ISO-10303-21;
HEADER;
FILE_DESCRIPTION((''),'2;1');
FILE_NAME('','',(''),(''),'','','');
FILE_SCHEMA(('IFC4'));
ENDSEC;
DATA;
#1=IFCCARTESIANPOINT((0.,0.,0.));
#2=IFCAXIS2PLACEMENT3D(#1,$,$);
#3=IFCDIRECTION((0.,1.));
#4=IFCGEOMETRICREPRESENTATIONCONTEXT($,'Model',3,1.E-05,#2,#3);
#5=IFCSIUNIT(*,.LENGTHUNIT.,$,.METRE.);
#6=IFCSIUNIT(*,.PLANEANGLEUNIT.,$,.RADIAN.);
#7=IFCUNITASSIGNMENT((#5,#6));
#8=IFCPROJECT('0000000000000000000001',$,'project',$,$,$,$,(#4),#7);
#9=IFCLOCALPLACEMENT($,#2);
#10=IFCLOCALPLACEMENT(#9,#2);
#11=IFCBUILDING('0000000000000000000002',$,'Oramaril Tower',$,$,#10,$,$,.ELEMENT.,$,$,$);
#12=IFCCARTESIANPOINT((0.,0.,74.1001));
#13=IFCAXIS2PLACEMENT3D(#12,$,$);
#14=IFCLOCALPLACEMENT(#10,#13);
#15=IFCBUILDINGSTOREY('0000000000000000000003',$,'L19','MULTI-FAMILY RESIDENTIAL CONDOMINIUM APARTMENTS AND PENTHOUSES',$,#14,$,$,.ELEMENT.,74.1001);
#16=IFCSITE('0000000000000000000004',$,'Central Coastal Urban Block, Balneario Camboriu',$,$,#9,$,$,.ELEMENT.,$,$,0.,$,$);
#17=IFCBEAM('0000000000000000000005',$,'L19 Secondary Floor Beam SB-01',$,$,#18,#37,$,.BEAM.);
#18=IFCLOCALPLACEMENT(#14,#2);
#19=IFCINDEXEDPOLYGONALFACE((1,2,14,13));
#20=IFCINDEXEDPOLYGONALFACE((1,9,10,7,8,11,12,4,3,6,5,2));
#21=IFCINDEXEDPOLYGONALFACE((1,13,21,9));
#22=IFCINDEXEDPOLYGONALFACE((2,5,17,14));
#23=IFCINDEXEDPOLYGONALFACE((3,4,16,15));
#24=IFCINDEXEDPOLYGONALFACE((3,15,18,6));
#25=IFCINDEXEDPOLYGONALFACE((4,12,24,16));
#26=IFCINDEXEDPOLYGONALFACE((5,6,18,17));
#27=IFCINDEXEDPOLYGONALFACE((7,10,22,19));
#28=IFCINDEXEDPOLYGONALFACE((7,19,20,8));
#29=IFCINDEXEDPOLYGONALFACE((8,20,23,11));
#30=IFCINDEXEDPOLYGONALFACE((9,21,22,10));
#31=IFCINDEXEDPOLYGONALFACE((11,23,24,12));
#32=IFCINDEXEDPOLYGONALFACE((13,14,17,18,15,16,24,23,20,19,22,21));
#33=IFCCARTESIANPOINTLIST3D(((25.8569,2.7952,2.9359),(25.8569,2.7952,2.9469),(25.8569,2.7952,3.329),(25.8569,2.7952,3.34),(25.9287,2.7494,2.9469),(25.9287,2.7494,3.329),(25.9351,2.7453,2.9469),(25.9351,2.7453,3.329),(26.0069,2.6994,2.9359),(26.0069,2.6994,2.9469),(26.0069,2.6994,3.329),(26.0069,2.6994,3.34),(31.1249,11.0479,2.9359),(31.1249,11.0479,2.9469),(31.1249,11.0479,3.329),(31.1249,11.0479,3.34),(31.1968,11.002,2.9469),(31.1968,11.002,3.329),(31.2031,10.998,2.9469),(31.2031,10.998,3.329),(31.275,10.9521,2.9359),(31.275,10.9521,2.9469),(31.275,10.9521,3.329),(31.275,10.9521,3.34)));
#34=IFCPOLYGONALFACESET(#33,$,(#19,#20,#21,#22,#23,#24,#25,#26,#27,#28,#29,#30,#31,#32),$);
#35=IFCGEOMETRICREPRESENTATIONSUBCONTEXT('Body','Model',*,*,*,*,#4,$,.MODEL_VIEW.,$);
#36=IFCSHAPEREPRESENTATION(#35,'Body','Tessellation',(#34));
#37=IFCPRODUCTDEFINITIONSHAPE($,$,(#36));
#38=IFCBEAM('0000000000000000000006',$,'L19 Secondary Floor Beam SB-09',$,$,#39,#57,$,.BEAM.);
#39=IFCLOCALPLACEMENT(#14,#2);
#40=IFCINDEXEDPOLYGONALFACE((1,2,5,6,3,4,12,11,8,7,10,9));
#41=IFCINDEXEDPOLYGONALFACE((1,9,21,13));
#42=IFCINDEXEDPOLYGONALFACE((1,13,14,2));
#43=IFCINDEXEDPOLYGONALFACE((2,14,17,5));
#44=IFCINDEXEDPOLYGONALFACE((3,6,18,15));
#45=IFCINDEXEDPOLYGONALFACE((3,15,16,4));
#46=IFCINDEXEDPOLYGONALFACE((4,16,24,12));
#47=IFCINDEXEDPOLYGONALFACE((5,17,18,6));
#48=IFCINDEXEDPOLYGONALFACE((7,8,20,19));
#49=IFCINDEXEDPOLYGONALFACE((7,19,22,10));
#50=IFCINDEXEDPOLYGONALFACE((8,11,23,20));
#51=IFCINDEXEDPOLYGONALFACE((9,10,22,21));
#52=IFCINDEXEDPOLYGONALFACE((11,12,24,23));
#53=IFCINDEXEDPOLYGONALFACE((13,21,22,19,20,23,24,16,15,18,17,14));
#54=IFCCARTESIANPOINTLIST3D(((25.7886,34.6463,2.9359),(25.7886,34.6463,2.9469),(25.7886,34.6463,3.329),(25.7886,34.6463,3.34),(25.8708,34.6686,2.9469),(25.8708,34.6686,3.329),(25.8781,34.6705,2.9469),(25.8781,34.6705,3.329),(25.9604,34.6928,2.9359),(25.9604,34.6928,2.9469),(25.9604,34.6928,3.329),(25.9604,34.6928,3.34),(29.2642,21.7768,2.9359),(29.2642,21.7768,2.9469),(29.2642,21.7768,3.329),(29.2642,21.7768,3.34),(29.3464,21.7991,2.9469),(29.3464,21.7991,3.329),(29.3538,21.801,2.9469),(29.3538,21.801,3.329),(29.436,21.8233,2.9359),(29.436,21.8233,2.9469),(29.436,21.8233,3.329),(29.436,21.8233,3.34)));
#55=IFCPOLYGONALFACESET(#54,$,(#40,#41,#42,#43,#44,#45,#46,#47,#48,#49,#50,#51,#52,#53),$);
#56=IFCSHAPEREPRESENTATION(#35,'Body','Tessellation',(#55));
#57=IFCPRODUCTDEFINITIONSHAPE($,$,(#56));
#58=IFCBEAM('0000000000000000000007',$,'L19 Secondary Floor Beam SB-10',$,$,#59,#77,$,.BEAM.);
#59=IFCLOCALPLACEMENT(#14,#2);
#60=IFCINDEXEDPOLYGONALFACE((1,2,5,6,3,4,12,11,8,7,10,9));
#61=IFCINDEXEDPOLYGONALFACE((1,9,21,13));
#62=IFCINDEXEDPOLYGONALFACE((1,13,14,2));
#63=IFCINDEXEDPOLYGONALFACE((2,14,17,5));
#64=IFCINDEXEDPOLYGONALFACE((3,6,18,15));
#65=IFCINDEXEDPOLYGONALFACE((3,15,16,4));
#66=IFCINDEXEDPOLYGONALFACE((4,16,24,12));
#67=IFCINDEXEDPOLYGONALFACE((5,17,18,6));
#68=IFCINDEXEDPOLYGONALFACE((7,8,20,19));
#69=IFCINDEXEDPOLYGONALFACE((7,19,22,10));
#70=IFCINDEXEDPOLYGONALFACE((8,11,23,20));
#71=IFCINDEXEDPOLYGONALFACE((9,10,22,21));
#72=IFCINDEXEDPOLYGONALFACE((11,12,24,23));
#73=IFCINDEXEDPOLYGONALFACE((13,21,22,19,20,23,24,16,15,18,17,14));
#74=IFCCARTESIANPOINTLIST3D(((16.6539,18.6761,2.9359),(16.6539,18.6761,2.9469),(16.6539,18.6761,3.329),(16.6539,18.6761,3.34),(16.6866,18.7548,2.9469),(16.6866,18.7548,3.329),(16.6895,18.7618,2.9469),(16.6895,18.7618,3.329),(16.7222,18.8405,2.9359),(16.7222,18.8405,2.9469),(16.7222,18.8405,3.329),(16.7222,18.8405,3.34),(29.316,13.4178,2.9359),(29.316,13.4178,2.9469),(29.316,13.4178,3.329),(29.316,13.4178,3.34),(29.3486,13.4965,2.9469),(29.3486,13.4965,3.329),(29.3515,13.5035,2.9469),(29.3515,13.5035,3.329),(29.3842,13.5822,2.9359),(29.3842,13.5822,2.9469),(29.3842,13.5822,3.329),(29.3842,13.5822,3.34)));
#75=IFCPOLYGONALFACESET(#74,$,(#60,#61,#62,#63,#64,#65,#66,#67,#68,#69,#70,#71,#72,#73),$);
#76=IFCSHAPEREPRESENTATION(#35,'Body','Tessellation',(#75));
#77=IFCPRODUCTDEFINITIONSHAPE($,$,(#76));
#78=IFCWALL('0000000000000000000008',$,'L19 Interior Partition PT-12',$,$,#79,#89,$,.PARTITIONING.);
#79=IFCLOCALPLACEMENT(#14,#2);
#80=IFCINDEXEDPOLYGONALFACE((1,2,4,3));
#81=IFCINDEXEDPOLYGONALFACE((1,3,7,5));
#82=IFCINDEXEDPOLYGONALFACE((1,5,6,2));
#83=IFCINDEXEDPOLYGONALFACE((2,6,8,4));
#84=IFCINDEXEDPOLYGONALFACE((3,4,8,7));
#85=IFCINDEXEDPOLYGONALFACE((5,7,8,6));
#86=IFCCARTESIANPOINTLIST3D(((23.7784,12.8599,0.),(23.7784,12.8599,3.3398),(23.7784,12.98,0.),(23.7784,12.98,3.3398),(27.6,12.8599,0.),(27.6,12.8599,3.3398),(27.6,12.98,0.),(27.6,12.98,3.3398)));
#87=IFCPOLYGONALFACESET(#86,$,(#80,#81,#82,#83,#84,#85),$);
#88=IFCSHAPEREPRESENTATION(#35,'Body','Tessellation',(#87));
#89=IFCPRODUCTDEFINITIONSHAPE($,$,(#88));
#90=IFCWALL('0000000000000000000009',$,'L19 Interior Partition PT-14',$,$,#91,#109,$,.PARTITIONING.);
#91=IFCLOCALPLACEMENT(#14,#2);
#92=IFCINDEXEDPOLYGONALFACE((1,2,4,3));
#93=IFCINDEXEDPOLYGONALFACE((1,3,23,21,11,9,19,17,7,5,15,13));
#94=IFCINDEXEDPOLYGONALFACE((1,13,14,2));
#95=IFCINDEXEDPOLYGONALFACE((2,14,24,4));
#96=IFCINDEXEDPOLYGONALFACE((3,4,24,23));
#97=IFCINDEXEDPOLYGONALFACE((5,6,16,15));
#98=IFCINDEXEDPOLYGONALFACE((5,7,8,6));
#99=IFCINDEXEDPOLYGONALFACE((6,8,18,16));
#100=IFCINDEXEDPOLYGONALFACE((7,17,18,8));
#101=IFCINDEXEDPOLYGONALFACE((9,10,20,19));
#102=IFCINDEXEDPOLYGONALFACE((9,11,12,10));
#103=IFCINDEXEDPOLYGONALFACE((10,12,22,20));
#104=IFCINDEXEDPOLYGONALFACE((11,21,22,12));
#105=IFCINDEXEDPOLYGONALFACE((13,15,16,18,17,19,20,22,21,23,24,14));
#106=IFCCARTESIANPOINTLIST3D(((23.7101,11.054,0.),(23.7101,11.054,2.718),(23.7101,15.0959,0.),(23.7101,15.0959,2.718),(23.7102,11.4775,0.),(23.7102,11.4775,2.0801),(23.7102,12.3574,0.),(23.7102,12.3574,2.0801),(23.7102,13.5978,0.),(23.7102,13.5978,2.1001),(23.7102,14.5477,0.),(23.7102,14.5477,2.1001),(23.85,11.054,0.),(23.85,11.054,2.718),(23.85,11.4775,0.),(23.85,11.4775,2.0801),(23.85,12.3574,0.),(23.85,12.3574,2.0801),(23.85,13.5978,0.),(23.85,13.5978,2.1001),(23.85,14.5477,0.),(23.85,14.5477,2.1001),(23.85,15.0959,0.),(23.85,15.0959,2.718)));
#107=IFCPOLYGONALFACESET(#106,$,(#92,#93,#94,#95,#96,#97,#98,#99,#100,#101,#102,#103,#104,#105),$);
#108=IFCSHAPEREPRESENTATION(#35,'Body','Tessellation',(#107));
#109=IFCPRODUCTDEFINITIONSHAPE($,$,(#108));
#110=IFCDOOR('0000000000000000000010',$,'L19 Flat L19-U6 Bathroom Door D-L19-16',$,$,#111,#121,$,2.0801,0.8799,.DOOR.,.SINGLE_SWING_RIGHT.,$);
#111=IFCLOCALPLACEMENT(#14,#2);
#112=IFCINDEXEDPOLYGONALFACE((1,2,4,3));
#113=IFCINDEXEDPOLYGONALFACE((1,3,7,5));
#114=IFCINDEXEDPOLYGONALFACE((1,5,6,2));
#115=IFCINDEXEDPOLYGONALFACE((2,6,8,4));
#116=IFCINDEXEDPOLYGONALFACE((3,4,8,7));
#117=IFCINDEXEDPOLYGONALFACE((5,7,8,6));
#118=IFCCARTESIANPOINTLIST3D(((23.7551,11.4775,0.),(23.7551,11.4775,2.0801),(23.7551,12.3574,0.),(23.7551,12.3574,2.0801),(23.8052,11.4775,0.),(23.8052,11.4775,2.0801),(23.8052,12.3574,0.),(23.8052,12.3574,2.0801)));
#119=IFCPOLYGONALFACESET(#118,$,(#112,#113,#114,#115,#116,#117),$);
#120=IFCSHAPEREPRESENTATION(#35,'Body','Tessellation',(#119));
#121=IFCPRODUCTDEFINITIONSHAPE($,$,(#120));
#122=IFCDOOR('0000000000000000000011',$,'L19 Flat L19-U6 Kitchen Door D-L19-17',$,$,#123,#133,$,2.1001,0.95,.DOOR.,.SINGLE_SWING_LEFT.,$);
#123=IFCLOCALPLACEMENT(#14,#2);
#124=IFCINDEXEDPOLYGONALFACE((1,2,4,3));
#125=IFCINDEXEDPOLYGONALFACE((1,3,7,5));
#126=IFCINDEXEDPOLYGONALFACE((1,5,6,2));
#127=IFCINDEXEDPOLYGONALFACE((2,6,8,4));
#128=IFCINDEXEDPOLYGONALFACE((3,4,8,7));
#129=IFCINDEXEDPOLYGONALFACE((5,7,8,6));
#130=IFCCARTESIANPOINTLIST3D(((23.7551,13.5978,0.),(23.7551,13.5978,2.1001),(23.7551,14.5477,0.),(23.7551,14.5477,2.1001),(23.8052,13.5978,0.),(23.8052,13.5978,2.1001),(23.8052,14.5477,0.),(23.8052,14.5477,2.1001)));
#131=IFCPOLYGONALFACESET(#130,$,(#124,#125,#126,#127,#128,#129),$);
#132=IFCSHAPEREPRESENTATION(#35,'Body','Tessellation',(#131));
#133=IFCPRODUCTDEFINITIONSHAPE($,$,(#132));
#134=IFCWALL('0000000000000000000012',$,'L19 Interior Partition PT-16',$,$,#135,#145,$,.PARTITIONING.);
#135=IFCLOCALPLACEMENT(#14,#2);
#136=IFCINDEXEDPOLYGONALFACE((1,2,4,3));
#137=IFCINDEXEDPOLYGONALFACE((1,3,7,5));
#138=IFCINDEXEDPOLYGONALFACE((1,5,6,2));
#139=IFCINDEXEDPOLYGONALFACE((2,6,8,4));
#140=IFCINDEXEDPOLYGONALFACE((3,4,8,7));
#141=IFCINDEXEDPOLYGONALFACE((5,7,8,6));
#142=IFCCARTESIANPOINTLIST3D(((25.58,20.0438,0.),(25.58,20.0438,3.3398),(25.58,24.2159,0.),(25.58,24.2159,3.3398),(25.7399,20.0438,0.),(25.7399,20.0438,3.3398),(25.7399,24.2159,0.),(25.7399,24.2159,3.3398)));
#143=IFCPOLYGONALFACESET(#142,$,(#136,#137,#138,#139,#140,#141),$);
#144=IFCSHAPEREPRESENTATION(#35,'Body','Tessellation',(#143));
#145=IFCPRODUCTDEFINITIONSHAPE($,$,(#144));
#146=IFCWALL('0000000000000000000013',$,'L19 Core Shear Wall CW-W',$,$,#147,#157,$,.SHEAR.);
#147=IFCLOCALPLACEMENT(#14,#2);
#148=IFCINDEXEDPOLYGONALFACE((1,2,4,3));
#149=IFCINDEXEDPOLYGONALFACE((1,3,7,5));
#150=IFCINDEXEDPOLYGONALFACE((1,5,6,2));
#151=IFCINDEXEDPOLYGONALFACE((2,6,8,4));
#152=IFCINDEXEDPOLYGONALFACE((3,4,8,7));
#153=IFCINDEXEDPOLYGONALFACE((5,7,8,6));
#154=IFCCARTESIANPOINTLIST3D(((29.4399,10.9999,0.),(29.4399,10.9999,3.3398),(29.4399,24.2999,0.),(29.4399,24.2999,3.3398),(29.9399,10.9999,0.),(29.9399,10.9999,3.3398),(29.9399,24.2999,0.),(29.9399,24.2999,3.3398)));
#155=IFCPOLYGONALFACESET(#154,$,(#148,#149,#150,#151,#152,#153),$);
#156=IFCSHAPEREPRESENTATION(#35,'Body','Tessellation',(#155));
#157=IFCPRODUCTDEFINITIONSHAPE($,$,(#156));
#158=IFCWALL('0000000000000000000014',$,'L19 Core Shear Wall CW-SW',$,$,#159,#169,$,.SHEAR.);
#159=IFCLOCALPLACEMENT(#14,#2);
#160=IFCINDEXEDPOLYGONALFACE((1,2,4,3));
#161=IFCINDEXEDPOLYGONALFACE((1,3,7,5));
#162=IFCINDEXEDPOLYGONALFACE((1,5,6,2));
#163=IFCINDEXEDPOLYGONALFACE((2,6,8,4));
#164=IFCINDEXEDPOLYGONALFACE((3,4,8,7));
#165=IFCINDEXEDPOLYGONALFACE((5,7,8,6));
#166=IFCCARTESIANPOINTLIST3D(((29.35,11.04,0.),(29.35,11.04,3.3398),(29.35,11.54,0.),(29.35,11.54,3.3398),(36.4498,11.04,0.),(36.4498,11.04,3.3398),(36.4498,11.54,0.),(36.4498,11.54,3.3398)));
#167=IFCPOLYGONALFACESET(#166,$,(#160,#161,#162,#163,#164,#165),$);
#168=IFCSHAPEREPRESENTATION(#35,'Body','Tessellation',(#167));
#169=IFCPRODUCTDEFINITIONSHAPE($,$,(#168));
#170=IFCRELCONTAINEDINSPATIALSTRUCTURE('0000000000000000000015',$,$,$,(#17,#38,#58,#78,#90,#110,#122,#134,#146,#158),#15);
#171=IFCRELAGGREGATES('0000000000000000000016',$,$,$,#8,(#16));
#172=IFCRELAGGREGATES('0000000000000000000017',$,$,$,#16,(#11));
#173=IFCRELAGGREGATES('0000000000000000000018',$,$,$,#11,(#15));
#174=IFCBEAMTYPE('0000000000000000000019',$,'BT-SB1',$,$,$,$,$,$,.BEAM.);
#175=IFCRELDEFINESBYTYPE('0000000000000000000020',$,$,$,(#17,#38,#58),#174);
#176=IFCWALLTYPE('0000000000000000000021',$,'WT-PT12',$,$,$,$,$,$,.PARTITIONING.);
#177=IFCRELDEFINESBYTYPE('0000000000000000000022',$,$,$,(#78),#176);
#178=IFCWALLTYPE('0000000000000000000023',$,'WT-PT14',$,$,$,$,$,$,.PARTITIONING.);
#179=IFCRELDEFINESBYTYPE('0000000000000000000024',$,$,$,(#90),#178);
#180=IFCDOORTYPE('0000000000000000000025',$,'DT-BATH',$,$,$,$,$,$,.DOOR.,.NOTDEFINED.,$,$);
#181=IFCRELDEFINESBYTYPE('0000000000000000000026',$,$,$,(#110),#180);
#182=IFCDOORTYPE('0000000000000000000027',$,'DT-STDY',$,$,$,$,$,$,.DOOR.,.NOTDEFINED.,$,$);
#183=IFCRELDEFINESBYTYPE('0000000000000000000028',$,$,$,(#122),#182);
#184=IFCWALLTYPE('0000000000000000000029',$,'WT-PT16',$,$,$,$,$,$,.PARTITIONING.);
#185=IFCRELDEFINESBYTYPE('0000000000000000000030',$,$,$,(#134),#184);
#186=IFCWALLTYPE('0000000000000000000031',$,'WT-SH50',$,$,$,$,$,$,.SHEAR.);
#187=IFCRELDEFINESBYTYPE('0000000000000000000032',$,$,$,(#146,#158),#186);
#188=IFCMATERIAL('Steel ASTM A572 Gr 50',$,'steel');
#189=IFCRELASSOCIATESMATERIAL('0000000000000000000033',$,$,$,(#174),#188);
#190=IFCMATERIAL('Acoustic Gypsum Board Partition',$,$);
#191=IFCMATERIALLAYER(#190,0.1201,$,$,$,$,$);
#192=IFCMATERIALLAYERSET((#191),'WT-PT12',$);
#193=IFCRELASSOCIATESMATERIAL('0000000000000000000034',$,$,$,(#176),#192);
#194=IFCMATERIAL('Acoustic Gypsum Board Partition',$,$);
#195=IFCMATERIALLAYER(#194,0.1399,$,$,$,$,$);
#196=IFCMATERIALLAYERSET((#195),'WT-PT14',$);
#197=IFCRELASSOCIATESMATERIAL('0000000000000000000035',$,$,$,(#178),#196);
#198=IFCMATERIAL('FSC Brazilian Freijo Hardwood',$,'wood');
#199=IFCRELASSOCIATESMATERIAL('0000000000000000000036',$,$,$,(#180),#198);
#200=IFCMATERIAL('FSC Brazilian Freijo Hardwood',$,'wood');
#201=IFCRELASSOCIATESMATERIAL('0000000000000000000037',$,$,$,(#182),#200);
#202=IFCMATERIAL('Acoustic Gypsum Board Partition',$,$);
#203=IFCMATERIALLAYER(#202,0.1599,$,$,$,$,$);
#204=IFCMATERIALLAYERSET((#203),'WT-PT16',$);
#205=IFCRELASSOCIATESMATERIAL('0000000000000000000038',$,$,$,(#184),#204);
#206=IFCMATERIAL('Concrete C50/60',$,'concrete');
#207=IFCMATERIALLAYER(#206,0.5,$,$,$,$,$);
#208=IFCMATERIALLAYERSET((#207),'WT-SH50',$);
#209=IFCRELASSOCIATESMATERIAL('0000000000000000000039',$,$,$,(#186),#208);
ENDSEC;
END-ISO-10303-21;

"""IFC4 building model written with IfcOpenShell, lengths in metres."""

from ifc_helpers import new_model, si_unit, direction, frame, frame_2d, origin, origin_2d, place, context, subcontext, project, spatial, rectangle, i_section, extrude, material, layer, layer_set, material_profile, profile_set, type_object, element, fill, save


model = new_model("IFC4")

# Units and contexts
model_context = context("Model", 3, precision=1e-05, world=origin(), true_north=direction((0.0, 1.0)))
body_context = subcontext(model_context, "Body", "Model", "MODEL_VIEW")
ifc_project = project(units=[si_unit("LENGTHUNIT", "METRE"), si_unit("PLANEANGLEUNIT", "RADIAN")], contexts=[model_context])

# Site, building, storey
site_placement = place(None, origin())
site = spatial("IfcSite", under=ifc_project, at=site_placement, Name="Central Coastal Urban Block, Balneario Camboriu", CompositionType="ELEMENT", RefElevation=0.0)
building_placement = place(site_placement, origin())
building = spatial("IfcBuilding", under=site, at=building_placement, Name="Oramaril Tower", CompositionType="ELEMENT")
storey_placement = place(building_placement, frame((0.0, 0.0, 74.1001)))
storey = spatial("IfcBuildingStorey", under=building, at=storey_placement, Name="L19", Description="MULTI-FAMILY RESIDENTIAL CONDOMINIUM APARTMENTS AND PENTHOUSES", CompositionType="ELEMENT", Elevation=74.1001)

# Beams
ifc_material_1 = material(Name="Steel ASTM A572 Gr 50", Category="steel")
ifc_material_profile = material_profile(ifc_material_1, i_section(OverallWidth=0.178, OverallDepth=0.4041, WebThickness=0.0076, FlangeThickness=0.011, at=origin_2d()), Name="W16X36")
ifc_profile_set = profile_set([ifc_material_profile], Name="Steel ASTM A572 Gr 50")
beam_type = type_object("IfcBeamType", Name="BT-SB1", PredefinedType="BEAM", material=ifc_profile_set)
beam_1_placement = place(storey_placement, frame((31.2, 11.0, 3.1379), z_axis=(-0.538064, -0.842904, 0.0), x_axis=(0.842904, -0.538064, 0.0)))
element("IfcBeam", 1, at=beam_1_placement, inside=storey, type_object=beam_type, Name="L19 Secondary Floor Beam SB-01", PredefinedType="BEAM", context=body_context, shape_type="SweptSolid", body=[
    extrude(i_section(OverallWidth=0.178, OverallDepth=0.4041, WebThickness=0.0076, FlangeThickness=0.011, at=origin_2d()), origin(), (0.0, 0.0, 1.0), 9.7908),
])
beam_2_placement = place(storey_placement, frame((29.3501, 21.8, 3.1379), z_axis=(-0.260725, 0.965413, 0.0), x_axis=(-0.965413, -0.260725, 0.0)))
element("IfcBeam", 2, at=beam_2_placement, inside=storey, type_object=beam_type, Name="L19 Secondary Floor Beam SB-09", PredefinedType="BEAM", context=body_context, shape_type="SweptSolid", body=[
    extrude(i_section(OverallWidth=0.178, OverallDepth=0.4041, WebThickness=0.0076, FlangeThickness=0.011, at=origin_2d()), origin(), (0.0, 0.0, 1.0), 13.3306),
])
beam_3_placement = place(storey_placement, frame((29.3501, 13.5, 3.1379), z_axis=(-0.923531, 0.383523, 0.0), x_axis=(-0.383523, -0.923531, 0.0)))
element("IfcBeam", 3, at=beam_3_placement, inside=storey, type_object=beam_type, Name="L19 Secondary Floor Beam SB-10", PredefinedType="BEAM", context=body_context, shape_type="SweptSolid", body=[
    extrude(i_section(OverallWidth=0.178, OverallDepth=0.4041, WebThickness=0.0076, FlangeThickness=0.011, at=origin_2d()), origin(), (0.0, 0.0, 1.0), 13.7104),
])

# Wall
ifc_material_2 = material(Name="Acoustic Gypsum Board Partition")
ifc_layer_1 = layer(ifc_material_2, 0.1201)
ifc_layer_set_1 = layer_set([ifc_layer_1], Name="WT-PT12")
wall_type_1 = type_object("IfcWallType", Name="WT-PT12", PredefinedType="PARTITIONING", material=ifc_layer_set_1)
wall_1_placement = place(storey_placement, frame((23.7786, 12.9199, 0.0), z_axis=(0.0, 0.0, 1.0), x_axis=(1.0, 0.0, 0.0)))
element("IfcWall", 4, at=wall_1_placement, inside=storey, type_object=wall_type_1, Name="L19 Interior Partition PT-12", PredefinedType="PARTITIONING", context=body_context, shape_type="SweptSolid", body=[
    extrude(rectangle(XDim=3.8215, YDim=0.1201, at=frame_2d((1.9106, 0.0))), origin(), (0.0, 0.0, 1.0), 3.3398),
])

# Wall, openings, doors
ifc_material_3 = material(Name="Acoustic Gypsum Board Partition")
ifc_layer_2 = layer(ifc_material_3, 0.1399)
ifc_layer_set_2 = layer_set([ifc_layer_2], Name="WT-PT14")
wall_type_2 = type_object("IfcWallType", Name="WT-PT14", PredefinedType="PARTITIONING", material=ifc_layer_set_2)
wall_2_placement = place(storey_placement, frame((23.78, 11.054, 0.0), z_axis=(0.0, 0.0, 1.0), x_axis=(0.0, 1.0, 0.0)))
wall_2 = element("IfcWall", 5, at=wall_2_placement, inside=storey, type_object=wall_type_2, Name="L19 Interior Partition PT-14", PredefinedType="PARTITIONING", context=body_context, shape_type="SweptSolid", body=[
    extrude(rectangle(XDim=4.042, YDim=0.1399, at=frame_2d((2.021, 0.0))), origin(), (0.0, 0.0, 1.0), 2.718),
])
opening_1_placement = place(wall_2_placement, frame((0.4236, 0.0, 0.0)))
opening_1 = element("IfcOpeningElement", 6, at=opening_1_placement, cuts=wall_2, PredefinedType="OPENING", context=body_context, shape_type="SweptSolid", body=[
    extrude(rectangle(XDim=0.8799, YDim=2.0801, at=frame_2d((0.4399, 1.04))), frame((0.0, 0.0698, 0.0), z_axis=(0.0, -1.0, 0.0), x_axis=(1.0, 0.0, 0.0)), (0.0, 0.0, 1.0), 0.1399),
])
opening_2_placement = place(wall_2_placement, frame((2.5437, 0.0, 0.0)))
opening_2 = element("IfcOpeningElement", 7, at=opening_2_placement, cuts=wall_2, PredefinedType="OPENING", context=body_context, shape_type="SweptSolid", body=[
    extrude(rectangle(XDim=0.95, YDim=2.1001, at=frame_2d((0.4751, 1.05))), frame((0.0, 0.0698, 0.0), z_axis=(0.0, -1.0, 0.0), x_axis=(1.0, 0.0, 0.0)), (0.0, 0.0, 1.0), 0.1399),
])
ifc_material_4 = material(Name="FSC Brazilian Freijo Hardwood", Category="wood")
door_type_1 = type_object("IfcDoorType", Name="DT-BATH", OperationType="NOTDEFINED", PredefinedType="DOOR", material=ifc_material_4)
door_1_placement = place(opening_1_placement, origin())
door_1 = element("IfcDoor", 8, at=door_1_placement, inside=storey, type_object=door_type_1, Name="L19 Flat L19-U6 Bathroom Door D-L19-16", OperationType="SINGLE_SWING_RIGHT", OverallHeight=2.0801, OverallWidth=0.8799, PredefinedType="DOOR", context=body_context, shape_type="SweptSolid", body=[
    extrude(rectangle(XDim=0.8799, YDim=2.0801, at=frame_2d((0.4399, 1.04))), frame((0.0, 0.0249, 0.0), z_axis=(0.0, -1.0, 0.0), x_axis=(1.0, 0.0, 0.0)), (0.0, 0.0, 1.0), 0.05),
])
fill(opening_1, door_1)
ifc_material_5 = material(Name="FSC Brazilian Freijo Hardwood", Category="wood")
door_type_2 = type_object("IfcDoorType", Name="DT-STDY", OperationType="NOTDEFINED", PredefinedType="DOOR", material=ifc_material_5)
door_2_placement = place(opening_2_placement, origin())
door_2 = element("IfcDoor", 9, at=door_2_placement, inside=storey, type_object=door_type_2, Name="L19 Flat L19-U6 Kitchen Door D-L19-17", OperationType="SINGLE_SWING_LEFT", OverallHeight=2.1001, OverallWidth=0.95, PredefinedType="DOOR", context=body_context, shape_type="SweptSolid", body=[
    extrude(rectangle(XDim=0.95, YDim=2.1001, at=frame_2d((0.4751, 1.05))), frame((0.0, 0.0249, 0.0), z_axis=(0.0, -1.0, 0.0), x_axis=(1.0, 0.0, 0.0)), (0.0, 0.0, 1.0), 0.05),
])
fill(opening_2, door_2)

# Wall
ifc_material_6 = material(Name="Acoustic Gypsum Board Partition")
ifc_layer_3 = layer(ifc_material_6, 0.1599)
ifc_layer_set_3 = layer_set([ifc_layer_3], Name="WT-PT16")
wall_type_3 = type_object("IfcWallType", Name="WT-PT16", PredefinedType="PARTITIONING", material=ifc_layer_set_3)
wall_3_placement = place(storey_placement, frame((25.6599, 20.0439, 0.0), z_axis=(0.0, 0.0, 1.0), x_axis=(0.0, 1.0, 0.0)))
element("IfcWall", 10, at=wall_3_placement, inside=storey, type_object=wall_type_3, Name="L19 Interior Partition PT-16", PredefinedType="PARTITIONING", context=body_context, shape_type="SweptSolid", body=[
    extrude(rectangle(XDim=4.1721, YDim=0.1599, at=frame_2d((2.0859, 0.0))), origin(), (0.0, 0.0, 1.0), 3.3398),
])

# Walls
ifc_material_7 = material(Name="Concrete C50/60", Category="concrete")
ifc_layer_4 = layer(ifc_material_7, 0.5)
ifc_layer_set_4 = layer_set([ifc_layer_4], Name="WT-SH50")
wall_type_4 = type_object("IfcWallType", Name="WT-SH50", PredefinedType="SHEAR", material=ifc_layer_set_4)
wall_4_placement = place(storey_placement, frame((29.6899, 11.0, 0.0), z_axis=(0.0, 0.0, 1.0), x_axis=(0.0, 1.0, 0.0)))
element("IfcWall", 11, at=wall_4_placement, inside=storey, type_object=wall_type_4, Name="L19 Core Shear Wall CW-W", PredefinedType="SHEAR", context=body_context, shape_type="SweptSolid", body=[
    extrude(rectangle(XDim=13.3, YDim=0.5, at=frame_2d((6.6499, 0.0))), origin(), (0.0, 0.0, 1.0), 3.3398),
])
wall_5_placement = place(storey_placement, frame((29.3501, 11.29, 0.0), z_axis=(0.0, 0.0, 1.0), x_axis=(1.0, 0.0, 0.0)))
element("IfcWall", 12, at=wall_5_placement, inside=storey, type_object=wall_type_4, Name="L19 Core Shear Wall CW-SW", PredefinedType="SHEAR", context=body_context, shape_type="SweptSolid", body=[
    extrude(rectangle(XDim=7.0999, YDim=0.5, at=frame_2d((3.5498, 0.0))), origin(), (0.0, 0.0, 1.0), 3.3398),
])

save(model, "model.ifc")
